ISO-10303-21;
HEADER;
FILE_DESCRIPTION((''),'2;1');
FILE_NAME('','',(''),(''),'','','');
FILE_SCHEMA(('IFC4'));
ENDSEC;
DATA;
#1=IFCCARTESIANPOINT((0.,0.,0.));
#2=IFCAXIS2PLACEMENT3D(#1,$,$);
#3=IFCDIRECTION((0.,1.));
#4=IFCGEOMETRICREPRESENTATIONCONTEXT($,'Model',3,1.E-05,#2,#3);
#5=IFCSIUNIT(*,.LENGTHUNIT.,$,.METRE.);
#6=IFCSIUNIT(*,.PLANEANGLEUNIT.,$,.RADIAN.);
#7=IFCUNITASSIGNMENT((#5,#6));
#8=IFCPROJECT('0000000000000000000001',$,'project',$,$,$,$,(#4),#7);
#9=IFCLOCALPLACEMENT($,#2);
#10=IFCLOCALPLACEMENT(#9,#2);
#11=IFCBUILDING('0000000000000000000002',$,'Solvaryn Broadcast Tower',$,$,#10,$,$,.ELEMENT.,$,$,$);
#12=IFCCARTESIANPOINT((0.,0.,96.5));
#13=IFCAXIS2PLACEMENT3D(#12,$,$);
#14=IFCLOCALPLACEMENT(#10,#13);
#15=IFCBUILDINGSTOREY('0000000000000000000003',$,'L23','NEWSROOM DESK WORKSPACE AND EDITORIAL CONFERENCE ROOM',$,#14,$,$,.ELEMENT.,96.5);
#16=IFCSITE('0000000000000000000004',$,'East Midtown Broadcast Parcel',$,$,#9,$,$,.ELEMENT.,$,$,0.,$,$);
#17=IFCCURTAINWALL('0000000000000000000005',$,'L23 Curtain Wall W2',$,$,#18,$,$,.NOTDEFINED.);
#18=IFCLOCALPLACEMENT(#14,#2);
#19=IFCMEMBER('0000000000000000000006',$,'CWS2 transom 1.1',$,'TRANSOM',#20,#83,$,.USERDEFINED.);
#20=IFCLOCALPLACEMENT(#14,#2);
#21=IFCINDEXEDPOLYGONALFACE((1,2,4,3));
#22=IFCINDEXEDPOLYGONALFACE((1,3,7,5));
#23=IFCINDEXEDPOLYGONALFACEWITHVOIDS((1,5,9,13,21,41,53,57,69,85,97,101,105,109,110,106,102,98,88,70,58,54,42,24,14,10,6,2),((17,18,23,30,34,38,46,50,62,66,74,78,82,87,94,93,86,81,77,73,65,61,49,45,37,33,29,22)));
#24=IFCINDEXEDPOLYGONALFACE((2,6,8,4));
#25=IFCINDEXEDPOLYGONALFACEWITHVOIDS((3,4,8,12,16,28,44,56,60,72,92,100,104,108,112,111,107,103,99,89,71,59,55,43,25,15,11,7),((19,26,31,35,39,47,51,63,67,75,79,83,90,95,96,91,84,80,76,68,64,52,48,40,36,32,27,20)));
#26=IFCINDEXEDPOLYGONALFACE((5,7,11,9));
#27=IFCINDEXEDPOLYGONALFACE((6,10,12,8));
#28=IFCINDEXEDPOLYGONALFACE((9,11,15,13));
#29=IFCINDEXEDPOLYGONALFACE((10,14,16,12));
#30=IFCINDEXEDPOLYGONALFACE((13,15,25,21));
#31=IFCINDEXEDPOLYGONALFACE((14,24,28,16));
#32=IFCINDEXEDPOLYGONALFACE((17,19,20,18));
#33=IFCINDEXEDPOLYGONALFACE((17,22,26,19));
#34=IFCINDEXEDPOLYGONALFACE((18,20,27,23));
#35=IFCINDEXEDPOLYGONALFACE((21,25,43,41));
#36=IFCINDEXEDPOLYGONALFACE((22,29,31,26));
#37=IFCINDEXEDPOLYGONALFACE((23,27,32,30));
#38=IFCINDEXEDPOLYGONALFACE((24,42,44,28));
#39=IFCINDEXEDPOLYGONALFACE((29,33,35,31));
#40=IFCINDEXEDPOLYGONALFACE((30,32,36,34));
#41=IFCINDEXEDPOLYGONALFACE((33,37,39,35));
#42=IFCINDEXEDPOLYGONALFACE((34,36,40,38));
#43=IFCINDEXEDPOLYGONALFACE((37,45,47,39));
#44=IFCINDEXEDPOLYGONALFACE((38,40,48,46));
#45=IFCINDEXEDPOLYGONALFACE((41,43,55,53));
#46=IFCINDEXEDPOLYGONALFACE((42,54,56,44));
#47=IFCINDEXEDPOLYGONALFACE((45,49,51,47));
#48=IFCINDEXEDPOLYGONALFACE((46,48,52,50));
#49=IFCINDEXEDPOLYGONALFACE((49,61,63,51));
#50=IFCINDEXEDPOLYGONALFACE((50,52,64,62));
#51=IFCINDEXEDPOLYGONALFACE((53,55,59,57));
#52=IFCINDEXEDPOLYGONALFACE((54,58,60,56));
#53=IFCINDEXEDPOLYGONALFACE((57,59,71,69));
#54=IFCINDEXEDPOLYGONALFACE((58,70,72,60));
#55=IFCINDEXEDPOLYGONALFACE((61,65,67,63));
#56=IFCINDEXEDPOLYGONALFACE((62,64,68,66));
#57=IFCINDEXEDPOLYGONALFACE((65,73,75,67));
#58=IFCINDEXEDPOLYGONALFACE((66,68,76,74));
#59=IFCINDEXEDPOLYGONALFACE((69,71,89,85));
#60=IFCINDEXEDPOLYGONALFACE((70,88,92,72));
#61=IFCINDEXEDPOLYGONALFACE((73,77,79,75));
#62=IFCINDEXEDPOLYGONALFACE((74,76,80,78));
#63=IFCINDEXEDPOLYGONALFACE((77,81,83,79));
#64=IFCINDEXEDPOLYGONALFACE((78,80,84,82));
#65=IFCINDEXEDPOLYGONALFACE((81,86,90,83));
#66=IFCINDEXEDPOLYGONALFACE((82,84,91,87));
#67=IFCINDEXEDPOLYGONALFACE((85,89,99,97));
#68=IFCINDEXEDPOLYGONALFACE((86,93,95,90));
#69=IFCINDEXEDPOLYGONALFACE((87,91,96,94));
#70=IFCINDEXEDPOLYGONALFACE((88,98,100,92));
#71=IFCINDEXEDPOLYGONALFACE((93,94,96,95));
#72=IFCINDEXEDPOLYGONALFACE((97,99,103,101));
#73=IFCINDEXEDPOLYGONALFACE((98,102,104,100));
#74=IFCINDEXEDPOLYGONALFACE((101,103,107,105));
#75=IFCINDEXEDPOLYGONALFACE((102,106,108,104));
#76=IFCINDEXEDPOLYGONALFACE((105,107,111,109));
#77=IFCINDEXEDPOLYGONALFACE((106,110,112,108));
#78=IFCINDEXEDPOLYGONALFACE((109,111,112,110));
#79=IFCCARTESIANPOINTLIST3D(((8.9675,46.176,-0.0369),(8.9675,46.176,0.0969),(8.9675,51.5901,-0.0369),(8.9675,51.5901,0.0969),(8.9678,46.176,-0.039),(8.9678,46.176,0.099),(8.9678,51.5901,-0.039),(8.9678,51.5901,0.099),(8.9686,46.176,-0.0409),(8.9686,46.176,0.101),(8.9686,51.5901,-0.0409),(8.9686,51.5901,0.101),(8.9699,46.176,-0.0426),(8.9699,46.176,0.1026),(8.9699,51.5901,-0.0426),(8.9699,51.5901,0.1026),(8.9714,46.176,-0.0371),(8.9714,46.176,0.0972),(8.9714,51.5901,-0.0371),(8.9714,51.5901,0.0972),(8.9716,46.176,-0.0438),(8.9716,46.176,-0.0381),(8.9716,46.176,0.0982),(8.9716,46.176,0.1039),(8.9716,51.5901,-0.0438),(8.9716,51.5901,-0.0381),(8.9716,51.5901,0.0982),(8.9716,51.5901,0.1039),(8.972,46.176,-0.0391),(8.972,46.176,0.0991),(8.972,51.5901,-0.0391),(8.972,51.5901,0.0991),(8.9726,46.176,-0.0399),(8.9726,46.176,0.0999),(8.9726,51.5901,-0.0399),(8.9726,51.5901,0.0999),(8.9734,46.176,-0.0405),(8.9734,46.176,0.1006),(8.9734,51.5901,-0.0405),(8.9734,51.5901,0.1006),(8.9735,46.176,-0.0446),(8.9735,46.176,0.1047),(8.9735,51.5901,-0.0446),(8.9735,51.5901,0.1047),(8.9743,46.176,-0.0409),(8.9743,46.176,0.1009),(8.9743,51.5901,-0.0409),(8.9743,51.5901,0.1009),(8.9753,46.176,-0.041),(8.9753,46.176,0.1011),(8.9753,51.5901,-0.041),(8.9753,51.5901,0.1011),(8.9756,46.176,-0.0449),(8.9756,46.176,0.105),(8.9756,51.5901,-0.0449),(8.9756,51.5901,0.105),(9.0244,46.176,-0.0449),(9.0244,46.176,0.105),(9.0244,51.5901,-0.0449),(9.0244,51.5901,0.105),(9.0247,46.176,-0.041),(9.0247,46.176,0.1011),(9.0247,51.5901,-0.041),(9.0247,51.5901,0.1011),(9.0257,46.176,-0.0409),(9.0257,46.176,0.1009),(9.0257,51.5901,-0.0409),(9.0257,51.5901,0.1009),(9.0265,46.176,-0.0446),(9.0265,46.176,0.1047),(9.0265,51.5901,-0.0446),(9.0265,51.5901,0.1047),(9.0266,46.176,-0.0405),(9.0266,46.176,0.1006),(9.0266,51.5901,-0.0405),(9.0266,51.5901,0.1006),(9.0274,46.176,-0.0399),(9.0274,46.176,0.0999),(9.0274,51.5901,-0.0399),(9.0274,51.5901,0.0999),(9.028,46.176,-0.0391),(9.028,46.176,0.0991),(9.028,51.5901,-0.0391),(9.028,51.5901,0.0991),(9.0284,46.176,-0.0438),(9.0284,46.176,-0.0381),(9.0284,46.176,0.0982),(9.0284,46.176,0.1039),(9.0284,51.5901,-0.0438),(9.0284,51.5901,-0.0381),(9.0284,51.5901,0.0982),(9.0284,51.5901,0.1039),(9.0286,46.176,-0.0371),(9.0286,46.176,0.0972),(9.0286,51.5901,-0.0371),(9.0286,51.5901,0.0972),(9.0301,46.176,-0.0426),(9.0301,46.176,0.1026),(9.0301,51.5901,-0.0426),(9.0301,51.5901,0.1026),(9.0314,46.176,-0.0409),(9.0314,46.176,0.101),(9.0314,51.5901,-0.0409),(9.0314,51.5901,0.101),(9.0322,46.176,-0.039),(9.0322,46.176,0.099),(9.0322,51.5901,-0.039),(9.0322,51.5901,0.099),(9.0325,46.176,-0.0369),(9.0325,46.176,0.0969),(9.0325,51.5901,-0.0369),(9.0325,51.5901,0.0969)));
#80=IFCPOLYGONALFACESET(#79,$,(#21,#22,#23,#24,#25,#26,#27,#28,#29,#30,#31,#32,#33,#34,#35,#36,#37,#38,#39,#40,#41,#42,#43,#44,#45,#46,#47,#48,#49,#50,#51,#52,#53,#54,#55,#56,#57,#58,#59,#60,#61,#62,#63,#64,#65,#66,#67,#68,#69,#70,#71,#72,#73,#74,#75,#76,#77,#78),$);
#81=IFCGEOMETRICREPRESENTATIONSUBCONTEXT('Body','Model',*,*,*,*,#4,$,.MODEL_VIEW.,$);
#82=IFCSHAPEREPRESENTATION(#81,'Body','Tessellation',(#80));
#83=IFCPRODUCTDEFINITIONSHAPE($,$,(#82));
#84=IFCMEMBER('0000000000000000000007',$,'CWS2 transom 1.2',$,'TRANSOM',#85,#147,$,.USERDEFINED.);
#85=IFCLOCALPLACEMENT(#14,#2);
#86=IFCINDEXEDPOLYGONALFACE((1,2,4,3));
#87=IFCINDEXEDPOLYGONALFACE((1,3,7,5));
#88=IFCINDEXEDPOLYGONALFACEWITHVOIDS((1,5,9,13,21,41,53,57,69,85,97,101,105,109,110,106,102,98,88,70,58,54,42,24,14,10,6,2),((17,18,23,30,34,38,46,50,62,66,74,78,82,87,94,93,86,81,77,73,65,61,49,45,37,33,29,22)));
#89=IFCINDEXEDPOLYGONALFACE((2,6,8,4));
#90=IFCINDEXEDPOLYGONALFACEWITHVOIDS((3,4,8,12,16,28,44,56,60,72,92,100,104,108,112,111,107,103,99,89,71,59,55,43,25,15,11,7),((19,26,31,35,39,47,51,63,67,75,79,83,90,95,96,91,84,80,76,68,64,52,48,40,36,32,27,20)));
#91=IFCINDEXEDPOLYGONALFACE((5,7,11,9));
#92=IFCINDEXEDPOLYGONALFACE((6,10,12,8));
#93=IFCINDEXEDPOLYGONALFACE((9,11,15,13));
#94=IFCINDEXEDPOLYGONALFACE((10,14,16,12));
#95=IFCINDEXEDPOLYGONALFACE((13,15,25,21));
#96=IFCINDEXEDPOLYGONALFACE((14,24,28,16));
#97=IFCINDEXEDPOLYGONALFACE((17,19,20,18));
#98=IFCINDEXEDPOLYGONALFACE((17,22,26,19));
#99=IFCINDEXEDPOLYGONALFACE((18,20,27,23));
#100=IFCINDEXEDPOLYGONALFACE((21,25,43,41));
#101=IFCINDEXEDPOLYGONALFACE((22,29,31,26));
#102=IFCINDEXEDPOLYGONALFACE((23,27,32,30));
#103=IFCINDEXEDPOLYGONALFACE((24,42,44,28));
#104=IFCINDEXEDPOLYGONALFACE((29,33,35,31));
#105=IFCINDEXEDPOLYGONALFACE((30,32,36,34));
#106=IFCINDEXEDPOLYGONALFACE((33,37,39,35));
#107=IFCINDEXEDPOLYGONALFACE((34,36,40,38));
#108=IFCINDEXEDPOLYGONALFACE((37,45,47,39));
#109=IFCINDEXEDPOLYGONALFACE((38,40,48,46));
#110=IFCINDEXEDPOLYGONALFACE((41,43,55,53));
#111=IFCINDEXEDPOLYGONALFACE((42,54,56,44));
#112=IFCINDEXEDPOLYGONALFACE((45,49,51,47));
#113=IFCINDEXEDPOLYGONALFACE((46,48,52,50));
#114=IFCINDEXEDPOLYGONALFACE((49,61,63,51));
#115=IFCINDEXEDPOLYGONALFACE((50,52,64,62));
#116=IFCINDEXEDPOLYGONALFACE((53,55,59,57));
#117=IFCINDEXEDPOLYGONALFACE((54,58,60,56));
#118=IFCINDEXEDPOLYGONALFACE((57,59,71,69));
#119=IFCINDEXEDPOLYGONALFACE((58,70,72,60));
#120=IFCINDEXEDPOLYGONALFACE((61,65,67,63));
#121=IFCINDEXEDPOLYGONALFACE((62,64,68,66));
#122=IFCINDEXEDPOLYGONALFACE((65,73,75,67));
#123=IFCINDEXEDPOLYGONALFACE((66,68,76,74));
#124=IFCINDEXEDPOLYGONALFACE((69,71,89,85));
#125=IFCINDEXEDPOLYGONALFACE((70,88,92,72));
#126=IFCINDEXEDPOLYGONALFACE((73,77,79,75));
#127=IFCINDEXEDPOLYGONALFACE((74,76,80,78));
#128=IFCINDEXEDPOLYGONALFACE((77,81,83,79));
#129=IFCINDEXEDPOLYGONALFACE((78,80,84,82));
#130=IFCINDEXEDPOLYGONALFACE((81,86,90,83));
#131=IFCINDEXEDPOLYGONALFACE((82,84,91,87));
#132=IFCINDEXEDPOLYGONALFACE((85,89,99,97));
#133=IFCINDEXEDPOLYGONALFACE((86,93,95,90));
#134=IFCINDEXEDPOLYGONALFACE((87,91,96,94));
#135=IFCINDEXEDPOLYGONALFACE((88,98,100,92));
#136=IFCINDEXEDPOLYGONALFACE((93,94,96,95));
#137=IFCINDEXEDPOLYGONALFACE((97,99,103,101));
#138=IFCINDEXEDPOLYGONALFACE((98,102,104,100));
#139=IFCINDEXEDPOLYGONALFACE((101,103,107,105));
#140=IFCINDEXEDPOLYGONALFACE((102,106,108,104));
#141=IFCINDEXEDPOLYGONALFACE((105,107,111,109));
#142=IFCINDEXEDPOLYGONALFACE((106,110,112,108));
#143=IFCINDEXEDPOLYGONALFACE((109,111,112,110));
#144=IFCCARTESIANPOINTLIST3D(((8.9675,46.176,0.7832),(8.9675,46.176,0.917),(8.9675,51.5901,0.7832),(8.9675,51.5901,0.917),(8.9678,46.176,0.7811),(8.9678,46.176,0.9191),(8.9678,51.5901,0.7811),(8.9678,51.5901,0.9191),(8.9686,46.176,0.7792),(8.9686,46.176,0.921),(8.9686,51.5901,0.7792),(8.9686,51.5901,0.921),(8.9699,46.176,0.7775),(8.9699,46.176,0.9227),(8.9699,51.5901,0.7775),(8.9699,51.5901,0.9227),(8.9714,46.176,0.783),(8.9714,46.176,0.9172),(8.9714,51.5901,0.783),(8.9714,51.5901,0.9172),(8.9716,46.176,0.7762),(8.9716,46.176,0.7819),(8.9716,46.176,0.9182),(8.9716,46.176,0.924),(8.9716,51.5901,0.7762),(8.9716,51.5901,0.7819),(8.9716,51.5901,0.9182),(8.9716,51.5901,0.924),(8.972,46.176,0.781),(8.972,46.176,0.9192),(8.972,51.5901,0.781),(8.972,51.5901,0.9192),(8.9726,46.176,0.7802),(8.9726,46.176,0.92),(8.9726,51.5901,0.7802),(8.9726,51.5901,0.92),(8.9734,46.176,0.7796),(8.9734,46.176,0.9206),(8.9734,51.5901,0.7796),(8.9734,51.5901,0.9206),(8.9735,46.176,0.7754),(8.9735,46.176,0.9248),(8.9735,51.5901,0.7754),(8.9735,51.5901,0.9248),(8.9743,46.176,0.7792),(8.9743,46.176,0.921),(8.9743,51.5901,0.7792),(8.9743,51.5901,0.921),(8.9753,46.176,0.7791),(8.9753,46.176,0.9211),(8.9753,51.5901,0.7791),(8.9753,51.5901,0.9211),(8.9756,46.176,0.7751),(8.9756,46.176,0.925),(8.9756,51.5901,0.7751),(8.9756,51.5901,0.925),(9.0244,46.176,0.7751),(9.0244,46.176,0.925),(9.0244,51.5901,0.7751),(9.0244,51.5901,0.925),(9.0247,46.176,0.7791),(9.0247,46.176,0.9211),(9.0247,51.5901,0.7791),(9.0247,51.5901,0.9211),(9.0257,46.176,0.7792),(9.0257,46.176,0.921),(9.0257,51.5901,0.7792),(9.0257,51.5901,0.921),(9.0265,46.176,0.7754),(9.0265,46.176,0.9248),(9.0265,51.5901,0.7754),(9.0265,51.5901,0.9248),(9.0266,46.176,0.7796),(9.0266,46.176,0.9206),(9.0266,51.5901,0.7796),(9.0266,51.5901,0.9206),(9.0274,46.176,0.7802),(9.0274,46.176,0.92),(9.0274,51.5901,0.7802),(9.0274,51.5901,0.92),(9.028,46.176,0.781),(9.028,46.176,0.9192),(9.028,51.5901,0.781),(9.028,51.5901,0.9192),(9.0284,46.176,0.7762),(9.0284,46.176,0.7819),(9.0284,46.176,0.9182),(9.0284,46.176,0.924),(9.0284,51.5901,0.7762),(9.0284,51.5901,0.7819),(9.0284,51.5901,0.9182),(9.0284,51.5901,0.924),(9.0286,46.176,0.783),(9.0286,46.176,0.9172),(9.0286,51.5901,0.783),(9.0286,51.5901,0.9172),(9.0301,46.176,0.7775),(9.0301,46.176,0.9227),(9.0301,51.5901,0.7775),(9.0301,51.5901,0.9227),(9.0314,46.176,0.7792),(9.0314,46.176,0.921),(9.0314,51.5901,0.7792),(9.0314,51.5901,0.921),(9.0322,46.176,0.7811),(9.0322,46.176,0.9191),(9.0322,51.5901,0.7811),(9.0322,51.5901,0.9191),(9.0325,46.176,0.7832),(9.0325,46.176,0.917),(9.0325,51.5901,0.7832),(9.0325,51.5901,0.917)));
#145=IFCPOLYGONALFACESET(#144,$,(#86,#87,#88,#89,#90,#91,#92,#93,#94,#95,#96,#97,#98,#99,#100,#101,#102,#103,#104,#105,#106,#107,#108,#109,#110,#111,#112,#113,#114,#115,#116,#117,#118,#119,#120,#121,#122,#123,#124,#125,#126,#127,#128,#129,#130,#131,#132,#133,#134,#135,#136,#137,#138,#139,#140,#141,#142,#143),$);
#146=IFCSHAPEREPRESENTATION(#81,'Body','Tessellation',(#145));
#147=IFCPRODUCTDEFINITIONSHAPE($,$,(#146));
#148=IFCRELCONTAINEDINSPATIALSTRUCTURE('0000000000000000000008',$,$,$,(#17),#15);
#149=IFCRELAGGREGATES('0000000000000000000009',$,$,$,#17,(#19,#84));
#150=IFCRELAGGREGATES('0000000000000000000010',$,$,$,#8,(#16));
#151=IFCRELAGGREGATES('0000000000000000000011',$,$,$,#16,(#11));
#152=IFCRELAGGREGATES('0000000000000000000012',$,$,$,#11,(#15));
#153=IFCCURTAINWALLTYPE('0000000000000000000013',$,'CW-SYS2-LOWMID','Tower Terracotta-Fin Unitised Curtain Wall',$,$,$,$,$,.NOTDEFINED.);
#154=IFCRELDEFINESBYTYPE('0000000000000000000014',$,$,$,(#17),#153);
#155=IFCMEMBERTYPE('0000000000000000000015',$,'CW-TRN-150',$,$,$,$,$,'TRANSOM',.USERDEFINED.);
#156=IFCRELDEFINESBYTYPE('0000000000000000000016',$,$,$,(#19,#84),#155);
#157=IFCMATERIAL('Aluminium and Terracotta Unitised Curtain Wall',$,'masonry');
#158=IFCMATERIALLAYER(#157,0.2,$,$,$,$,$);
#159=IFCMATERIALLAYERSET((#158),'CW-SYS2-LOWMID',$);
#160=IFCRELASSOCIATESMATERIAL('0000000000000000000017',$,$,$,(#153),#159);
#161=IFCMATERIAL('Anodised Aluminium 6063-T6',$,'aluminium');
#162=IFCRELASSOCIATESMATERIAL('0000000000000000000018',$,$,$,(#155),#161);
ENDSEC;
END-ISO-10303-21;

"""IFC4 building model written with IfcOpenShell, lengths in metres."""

from ifc_helpers import new_model, si_unit, direction, frame, origin, origin_2d, place, context, subcontext, project, spatial, hollow_rectangle, extrude, material, layer, layer_set, material_profile, profile_set, type_object, element, aggregate, save


model = new_model("IFC4")

# Units and contexts
model_context = context("Model", 3, precision=1e-05, world=origin(), true_north=direction((0.0, 1.0)))
body_context = subcontext(model_context, "Body", "Model", "MODEL_VIEW")
ifc_project = project(units=[si_unit("LENGTHUNIT", "METRE"), si_unit("PLANEANGLEUNIT", "RADIAN")], contexts=[model_context])

# Site, building, storey
site_placement = place(None, origin())
site = spatial("IfcSite", under=ifc_project, at=site_placement, Name="East Midtown Broadcast Parcel", CompositionType="ELEMENT", RefElevation=0.0)
building_placement = place(site_placement, origin())
building = spatial("IfcBuilding", under=site, at=building_placement, Name="Solvaryn Broadcast Tower", CompositionType="ELEMENT")
storey_placement = place(building_placement, frame((0.0, 0.0, 96.5)))
storey = spatial("IfcBuildingStorey", under=building, at=storey_placement, Name="L23", Description="NEWSROOM DESK WORKSPACE AND EDITORIAL CONFERENCE ROOM", CompositionType="ELEMENT", Elevation=96.5)

# Shared definitions
ifc_material_1 = material(Name="Aluminium and Terracotta Unitised Curtain Wall", Category="masonry")
ifc_layer_1 = layer(ifc_material_1, 0.2)
ifc_layer_set_1 = layer_set([ifc_layer_1], Name="CW-SYS2-LOWMID")
curtain_wall_type = type_object("IfcCurtainWallType", Name="CW-SYS2-LOWMID", Description="Tower Terracotta-Fin Unitised Curtain Wall", PredefinedType="NOTDEFINED", material=ifc_layer_set_1)

# Curtain wall
curtain_wall_1_placement = place(storey_placement, origin())
curtain_wall_1 = element("IfcCurtainWall", 1, at=curtain_wall_1_placement, inside=storey, type_object=curtain_wall_type, Name="L23 Curtain Wall W2", PredefinedType="NOTDEFINED")

# Members
ifc_material_2 = material(Name="Anodised Aluminium 6063-T6", Category="aluminium")
ifc_material_profile_1 = material_profile(ifc_material_2, hollow_rectangle(XDim=0.0649, YDim=0.1499, WallThickness=0.0039, InnerFilletRadius=0.0039, OuterFilletRadius=0.0081, at=origin_2d()))
ifc_profile_set_1 = profile_set([ifc_material_profile_1], Name="Anodised Aluminium 6063-T6")
member_type_1 = type_object("IfcMemberType", Name="CW-TRN-150", ElementType="TRANSOM", PredefinedType="USERDEFINED", material=ifc_profile_set_1)
member_1_placement = place(storey_placement, frame((9.0, 46.176, 0.03), z_axis=(0.0, 1.0, 0.0), x_axis=(-1.0, 0.0, 0.0)))
member_1 = element("IfcMember", 2, at=member_1_placement, type_object=member_type_1, Name="CWS2 transom 1.1", ObjectType="TRANSOM", PredefinedType="USERDEFINED", context=body_context, shape_type="SweptSolid", body=[
    extrude(hollow_rectangle(XDim=0.0649, YDim=0.1499, WallThickness=0.0039, InnerFilletRadius=0.0039, OuterFilletRadius=0.0081, at=origin_2d()), origin(), (0.0, 0.0, 1.0), 5.4141),
])
member_2_placement = place(storey_placement, frame((9.0, 46.176, 0.8501), z_axis=(0.0, 1.0, 0.0), x_axis=(-1.0, 0.0, 0.0)))
member_2 = element("IfcMember", 3, at=member_2_placement, type_object=member_type_1, Name="CWS2 transom 1.2", ObjectType="TRANSOM", PredefinedType="USERDEFINED", context=body_context, shape_type="SweptSolid", body=[
    extrude(hollow_rectangle(XDim=0.0649, YDim=0.1499, WallThickness=0.0039, InnerFilletRadius=0.0039, OuterFilletRadius=0.0081, at=origin_2d()), origin(), (0.0, 0.0, 1.0), 5.4141),
])

aggregate(curtain_wall_1, [member_1, member_2])

save(model, "model.ifc")
